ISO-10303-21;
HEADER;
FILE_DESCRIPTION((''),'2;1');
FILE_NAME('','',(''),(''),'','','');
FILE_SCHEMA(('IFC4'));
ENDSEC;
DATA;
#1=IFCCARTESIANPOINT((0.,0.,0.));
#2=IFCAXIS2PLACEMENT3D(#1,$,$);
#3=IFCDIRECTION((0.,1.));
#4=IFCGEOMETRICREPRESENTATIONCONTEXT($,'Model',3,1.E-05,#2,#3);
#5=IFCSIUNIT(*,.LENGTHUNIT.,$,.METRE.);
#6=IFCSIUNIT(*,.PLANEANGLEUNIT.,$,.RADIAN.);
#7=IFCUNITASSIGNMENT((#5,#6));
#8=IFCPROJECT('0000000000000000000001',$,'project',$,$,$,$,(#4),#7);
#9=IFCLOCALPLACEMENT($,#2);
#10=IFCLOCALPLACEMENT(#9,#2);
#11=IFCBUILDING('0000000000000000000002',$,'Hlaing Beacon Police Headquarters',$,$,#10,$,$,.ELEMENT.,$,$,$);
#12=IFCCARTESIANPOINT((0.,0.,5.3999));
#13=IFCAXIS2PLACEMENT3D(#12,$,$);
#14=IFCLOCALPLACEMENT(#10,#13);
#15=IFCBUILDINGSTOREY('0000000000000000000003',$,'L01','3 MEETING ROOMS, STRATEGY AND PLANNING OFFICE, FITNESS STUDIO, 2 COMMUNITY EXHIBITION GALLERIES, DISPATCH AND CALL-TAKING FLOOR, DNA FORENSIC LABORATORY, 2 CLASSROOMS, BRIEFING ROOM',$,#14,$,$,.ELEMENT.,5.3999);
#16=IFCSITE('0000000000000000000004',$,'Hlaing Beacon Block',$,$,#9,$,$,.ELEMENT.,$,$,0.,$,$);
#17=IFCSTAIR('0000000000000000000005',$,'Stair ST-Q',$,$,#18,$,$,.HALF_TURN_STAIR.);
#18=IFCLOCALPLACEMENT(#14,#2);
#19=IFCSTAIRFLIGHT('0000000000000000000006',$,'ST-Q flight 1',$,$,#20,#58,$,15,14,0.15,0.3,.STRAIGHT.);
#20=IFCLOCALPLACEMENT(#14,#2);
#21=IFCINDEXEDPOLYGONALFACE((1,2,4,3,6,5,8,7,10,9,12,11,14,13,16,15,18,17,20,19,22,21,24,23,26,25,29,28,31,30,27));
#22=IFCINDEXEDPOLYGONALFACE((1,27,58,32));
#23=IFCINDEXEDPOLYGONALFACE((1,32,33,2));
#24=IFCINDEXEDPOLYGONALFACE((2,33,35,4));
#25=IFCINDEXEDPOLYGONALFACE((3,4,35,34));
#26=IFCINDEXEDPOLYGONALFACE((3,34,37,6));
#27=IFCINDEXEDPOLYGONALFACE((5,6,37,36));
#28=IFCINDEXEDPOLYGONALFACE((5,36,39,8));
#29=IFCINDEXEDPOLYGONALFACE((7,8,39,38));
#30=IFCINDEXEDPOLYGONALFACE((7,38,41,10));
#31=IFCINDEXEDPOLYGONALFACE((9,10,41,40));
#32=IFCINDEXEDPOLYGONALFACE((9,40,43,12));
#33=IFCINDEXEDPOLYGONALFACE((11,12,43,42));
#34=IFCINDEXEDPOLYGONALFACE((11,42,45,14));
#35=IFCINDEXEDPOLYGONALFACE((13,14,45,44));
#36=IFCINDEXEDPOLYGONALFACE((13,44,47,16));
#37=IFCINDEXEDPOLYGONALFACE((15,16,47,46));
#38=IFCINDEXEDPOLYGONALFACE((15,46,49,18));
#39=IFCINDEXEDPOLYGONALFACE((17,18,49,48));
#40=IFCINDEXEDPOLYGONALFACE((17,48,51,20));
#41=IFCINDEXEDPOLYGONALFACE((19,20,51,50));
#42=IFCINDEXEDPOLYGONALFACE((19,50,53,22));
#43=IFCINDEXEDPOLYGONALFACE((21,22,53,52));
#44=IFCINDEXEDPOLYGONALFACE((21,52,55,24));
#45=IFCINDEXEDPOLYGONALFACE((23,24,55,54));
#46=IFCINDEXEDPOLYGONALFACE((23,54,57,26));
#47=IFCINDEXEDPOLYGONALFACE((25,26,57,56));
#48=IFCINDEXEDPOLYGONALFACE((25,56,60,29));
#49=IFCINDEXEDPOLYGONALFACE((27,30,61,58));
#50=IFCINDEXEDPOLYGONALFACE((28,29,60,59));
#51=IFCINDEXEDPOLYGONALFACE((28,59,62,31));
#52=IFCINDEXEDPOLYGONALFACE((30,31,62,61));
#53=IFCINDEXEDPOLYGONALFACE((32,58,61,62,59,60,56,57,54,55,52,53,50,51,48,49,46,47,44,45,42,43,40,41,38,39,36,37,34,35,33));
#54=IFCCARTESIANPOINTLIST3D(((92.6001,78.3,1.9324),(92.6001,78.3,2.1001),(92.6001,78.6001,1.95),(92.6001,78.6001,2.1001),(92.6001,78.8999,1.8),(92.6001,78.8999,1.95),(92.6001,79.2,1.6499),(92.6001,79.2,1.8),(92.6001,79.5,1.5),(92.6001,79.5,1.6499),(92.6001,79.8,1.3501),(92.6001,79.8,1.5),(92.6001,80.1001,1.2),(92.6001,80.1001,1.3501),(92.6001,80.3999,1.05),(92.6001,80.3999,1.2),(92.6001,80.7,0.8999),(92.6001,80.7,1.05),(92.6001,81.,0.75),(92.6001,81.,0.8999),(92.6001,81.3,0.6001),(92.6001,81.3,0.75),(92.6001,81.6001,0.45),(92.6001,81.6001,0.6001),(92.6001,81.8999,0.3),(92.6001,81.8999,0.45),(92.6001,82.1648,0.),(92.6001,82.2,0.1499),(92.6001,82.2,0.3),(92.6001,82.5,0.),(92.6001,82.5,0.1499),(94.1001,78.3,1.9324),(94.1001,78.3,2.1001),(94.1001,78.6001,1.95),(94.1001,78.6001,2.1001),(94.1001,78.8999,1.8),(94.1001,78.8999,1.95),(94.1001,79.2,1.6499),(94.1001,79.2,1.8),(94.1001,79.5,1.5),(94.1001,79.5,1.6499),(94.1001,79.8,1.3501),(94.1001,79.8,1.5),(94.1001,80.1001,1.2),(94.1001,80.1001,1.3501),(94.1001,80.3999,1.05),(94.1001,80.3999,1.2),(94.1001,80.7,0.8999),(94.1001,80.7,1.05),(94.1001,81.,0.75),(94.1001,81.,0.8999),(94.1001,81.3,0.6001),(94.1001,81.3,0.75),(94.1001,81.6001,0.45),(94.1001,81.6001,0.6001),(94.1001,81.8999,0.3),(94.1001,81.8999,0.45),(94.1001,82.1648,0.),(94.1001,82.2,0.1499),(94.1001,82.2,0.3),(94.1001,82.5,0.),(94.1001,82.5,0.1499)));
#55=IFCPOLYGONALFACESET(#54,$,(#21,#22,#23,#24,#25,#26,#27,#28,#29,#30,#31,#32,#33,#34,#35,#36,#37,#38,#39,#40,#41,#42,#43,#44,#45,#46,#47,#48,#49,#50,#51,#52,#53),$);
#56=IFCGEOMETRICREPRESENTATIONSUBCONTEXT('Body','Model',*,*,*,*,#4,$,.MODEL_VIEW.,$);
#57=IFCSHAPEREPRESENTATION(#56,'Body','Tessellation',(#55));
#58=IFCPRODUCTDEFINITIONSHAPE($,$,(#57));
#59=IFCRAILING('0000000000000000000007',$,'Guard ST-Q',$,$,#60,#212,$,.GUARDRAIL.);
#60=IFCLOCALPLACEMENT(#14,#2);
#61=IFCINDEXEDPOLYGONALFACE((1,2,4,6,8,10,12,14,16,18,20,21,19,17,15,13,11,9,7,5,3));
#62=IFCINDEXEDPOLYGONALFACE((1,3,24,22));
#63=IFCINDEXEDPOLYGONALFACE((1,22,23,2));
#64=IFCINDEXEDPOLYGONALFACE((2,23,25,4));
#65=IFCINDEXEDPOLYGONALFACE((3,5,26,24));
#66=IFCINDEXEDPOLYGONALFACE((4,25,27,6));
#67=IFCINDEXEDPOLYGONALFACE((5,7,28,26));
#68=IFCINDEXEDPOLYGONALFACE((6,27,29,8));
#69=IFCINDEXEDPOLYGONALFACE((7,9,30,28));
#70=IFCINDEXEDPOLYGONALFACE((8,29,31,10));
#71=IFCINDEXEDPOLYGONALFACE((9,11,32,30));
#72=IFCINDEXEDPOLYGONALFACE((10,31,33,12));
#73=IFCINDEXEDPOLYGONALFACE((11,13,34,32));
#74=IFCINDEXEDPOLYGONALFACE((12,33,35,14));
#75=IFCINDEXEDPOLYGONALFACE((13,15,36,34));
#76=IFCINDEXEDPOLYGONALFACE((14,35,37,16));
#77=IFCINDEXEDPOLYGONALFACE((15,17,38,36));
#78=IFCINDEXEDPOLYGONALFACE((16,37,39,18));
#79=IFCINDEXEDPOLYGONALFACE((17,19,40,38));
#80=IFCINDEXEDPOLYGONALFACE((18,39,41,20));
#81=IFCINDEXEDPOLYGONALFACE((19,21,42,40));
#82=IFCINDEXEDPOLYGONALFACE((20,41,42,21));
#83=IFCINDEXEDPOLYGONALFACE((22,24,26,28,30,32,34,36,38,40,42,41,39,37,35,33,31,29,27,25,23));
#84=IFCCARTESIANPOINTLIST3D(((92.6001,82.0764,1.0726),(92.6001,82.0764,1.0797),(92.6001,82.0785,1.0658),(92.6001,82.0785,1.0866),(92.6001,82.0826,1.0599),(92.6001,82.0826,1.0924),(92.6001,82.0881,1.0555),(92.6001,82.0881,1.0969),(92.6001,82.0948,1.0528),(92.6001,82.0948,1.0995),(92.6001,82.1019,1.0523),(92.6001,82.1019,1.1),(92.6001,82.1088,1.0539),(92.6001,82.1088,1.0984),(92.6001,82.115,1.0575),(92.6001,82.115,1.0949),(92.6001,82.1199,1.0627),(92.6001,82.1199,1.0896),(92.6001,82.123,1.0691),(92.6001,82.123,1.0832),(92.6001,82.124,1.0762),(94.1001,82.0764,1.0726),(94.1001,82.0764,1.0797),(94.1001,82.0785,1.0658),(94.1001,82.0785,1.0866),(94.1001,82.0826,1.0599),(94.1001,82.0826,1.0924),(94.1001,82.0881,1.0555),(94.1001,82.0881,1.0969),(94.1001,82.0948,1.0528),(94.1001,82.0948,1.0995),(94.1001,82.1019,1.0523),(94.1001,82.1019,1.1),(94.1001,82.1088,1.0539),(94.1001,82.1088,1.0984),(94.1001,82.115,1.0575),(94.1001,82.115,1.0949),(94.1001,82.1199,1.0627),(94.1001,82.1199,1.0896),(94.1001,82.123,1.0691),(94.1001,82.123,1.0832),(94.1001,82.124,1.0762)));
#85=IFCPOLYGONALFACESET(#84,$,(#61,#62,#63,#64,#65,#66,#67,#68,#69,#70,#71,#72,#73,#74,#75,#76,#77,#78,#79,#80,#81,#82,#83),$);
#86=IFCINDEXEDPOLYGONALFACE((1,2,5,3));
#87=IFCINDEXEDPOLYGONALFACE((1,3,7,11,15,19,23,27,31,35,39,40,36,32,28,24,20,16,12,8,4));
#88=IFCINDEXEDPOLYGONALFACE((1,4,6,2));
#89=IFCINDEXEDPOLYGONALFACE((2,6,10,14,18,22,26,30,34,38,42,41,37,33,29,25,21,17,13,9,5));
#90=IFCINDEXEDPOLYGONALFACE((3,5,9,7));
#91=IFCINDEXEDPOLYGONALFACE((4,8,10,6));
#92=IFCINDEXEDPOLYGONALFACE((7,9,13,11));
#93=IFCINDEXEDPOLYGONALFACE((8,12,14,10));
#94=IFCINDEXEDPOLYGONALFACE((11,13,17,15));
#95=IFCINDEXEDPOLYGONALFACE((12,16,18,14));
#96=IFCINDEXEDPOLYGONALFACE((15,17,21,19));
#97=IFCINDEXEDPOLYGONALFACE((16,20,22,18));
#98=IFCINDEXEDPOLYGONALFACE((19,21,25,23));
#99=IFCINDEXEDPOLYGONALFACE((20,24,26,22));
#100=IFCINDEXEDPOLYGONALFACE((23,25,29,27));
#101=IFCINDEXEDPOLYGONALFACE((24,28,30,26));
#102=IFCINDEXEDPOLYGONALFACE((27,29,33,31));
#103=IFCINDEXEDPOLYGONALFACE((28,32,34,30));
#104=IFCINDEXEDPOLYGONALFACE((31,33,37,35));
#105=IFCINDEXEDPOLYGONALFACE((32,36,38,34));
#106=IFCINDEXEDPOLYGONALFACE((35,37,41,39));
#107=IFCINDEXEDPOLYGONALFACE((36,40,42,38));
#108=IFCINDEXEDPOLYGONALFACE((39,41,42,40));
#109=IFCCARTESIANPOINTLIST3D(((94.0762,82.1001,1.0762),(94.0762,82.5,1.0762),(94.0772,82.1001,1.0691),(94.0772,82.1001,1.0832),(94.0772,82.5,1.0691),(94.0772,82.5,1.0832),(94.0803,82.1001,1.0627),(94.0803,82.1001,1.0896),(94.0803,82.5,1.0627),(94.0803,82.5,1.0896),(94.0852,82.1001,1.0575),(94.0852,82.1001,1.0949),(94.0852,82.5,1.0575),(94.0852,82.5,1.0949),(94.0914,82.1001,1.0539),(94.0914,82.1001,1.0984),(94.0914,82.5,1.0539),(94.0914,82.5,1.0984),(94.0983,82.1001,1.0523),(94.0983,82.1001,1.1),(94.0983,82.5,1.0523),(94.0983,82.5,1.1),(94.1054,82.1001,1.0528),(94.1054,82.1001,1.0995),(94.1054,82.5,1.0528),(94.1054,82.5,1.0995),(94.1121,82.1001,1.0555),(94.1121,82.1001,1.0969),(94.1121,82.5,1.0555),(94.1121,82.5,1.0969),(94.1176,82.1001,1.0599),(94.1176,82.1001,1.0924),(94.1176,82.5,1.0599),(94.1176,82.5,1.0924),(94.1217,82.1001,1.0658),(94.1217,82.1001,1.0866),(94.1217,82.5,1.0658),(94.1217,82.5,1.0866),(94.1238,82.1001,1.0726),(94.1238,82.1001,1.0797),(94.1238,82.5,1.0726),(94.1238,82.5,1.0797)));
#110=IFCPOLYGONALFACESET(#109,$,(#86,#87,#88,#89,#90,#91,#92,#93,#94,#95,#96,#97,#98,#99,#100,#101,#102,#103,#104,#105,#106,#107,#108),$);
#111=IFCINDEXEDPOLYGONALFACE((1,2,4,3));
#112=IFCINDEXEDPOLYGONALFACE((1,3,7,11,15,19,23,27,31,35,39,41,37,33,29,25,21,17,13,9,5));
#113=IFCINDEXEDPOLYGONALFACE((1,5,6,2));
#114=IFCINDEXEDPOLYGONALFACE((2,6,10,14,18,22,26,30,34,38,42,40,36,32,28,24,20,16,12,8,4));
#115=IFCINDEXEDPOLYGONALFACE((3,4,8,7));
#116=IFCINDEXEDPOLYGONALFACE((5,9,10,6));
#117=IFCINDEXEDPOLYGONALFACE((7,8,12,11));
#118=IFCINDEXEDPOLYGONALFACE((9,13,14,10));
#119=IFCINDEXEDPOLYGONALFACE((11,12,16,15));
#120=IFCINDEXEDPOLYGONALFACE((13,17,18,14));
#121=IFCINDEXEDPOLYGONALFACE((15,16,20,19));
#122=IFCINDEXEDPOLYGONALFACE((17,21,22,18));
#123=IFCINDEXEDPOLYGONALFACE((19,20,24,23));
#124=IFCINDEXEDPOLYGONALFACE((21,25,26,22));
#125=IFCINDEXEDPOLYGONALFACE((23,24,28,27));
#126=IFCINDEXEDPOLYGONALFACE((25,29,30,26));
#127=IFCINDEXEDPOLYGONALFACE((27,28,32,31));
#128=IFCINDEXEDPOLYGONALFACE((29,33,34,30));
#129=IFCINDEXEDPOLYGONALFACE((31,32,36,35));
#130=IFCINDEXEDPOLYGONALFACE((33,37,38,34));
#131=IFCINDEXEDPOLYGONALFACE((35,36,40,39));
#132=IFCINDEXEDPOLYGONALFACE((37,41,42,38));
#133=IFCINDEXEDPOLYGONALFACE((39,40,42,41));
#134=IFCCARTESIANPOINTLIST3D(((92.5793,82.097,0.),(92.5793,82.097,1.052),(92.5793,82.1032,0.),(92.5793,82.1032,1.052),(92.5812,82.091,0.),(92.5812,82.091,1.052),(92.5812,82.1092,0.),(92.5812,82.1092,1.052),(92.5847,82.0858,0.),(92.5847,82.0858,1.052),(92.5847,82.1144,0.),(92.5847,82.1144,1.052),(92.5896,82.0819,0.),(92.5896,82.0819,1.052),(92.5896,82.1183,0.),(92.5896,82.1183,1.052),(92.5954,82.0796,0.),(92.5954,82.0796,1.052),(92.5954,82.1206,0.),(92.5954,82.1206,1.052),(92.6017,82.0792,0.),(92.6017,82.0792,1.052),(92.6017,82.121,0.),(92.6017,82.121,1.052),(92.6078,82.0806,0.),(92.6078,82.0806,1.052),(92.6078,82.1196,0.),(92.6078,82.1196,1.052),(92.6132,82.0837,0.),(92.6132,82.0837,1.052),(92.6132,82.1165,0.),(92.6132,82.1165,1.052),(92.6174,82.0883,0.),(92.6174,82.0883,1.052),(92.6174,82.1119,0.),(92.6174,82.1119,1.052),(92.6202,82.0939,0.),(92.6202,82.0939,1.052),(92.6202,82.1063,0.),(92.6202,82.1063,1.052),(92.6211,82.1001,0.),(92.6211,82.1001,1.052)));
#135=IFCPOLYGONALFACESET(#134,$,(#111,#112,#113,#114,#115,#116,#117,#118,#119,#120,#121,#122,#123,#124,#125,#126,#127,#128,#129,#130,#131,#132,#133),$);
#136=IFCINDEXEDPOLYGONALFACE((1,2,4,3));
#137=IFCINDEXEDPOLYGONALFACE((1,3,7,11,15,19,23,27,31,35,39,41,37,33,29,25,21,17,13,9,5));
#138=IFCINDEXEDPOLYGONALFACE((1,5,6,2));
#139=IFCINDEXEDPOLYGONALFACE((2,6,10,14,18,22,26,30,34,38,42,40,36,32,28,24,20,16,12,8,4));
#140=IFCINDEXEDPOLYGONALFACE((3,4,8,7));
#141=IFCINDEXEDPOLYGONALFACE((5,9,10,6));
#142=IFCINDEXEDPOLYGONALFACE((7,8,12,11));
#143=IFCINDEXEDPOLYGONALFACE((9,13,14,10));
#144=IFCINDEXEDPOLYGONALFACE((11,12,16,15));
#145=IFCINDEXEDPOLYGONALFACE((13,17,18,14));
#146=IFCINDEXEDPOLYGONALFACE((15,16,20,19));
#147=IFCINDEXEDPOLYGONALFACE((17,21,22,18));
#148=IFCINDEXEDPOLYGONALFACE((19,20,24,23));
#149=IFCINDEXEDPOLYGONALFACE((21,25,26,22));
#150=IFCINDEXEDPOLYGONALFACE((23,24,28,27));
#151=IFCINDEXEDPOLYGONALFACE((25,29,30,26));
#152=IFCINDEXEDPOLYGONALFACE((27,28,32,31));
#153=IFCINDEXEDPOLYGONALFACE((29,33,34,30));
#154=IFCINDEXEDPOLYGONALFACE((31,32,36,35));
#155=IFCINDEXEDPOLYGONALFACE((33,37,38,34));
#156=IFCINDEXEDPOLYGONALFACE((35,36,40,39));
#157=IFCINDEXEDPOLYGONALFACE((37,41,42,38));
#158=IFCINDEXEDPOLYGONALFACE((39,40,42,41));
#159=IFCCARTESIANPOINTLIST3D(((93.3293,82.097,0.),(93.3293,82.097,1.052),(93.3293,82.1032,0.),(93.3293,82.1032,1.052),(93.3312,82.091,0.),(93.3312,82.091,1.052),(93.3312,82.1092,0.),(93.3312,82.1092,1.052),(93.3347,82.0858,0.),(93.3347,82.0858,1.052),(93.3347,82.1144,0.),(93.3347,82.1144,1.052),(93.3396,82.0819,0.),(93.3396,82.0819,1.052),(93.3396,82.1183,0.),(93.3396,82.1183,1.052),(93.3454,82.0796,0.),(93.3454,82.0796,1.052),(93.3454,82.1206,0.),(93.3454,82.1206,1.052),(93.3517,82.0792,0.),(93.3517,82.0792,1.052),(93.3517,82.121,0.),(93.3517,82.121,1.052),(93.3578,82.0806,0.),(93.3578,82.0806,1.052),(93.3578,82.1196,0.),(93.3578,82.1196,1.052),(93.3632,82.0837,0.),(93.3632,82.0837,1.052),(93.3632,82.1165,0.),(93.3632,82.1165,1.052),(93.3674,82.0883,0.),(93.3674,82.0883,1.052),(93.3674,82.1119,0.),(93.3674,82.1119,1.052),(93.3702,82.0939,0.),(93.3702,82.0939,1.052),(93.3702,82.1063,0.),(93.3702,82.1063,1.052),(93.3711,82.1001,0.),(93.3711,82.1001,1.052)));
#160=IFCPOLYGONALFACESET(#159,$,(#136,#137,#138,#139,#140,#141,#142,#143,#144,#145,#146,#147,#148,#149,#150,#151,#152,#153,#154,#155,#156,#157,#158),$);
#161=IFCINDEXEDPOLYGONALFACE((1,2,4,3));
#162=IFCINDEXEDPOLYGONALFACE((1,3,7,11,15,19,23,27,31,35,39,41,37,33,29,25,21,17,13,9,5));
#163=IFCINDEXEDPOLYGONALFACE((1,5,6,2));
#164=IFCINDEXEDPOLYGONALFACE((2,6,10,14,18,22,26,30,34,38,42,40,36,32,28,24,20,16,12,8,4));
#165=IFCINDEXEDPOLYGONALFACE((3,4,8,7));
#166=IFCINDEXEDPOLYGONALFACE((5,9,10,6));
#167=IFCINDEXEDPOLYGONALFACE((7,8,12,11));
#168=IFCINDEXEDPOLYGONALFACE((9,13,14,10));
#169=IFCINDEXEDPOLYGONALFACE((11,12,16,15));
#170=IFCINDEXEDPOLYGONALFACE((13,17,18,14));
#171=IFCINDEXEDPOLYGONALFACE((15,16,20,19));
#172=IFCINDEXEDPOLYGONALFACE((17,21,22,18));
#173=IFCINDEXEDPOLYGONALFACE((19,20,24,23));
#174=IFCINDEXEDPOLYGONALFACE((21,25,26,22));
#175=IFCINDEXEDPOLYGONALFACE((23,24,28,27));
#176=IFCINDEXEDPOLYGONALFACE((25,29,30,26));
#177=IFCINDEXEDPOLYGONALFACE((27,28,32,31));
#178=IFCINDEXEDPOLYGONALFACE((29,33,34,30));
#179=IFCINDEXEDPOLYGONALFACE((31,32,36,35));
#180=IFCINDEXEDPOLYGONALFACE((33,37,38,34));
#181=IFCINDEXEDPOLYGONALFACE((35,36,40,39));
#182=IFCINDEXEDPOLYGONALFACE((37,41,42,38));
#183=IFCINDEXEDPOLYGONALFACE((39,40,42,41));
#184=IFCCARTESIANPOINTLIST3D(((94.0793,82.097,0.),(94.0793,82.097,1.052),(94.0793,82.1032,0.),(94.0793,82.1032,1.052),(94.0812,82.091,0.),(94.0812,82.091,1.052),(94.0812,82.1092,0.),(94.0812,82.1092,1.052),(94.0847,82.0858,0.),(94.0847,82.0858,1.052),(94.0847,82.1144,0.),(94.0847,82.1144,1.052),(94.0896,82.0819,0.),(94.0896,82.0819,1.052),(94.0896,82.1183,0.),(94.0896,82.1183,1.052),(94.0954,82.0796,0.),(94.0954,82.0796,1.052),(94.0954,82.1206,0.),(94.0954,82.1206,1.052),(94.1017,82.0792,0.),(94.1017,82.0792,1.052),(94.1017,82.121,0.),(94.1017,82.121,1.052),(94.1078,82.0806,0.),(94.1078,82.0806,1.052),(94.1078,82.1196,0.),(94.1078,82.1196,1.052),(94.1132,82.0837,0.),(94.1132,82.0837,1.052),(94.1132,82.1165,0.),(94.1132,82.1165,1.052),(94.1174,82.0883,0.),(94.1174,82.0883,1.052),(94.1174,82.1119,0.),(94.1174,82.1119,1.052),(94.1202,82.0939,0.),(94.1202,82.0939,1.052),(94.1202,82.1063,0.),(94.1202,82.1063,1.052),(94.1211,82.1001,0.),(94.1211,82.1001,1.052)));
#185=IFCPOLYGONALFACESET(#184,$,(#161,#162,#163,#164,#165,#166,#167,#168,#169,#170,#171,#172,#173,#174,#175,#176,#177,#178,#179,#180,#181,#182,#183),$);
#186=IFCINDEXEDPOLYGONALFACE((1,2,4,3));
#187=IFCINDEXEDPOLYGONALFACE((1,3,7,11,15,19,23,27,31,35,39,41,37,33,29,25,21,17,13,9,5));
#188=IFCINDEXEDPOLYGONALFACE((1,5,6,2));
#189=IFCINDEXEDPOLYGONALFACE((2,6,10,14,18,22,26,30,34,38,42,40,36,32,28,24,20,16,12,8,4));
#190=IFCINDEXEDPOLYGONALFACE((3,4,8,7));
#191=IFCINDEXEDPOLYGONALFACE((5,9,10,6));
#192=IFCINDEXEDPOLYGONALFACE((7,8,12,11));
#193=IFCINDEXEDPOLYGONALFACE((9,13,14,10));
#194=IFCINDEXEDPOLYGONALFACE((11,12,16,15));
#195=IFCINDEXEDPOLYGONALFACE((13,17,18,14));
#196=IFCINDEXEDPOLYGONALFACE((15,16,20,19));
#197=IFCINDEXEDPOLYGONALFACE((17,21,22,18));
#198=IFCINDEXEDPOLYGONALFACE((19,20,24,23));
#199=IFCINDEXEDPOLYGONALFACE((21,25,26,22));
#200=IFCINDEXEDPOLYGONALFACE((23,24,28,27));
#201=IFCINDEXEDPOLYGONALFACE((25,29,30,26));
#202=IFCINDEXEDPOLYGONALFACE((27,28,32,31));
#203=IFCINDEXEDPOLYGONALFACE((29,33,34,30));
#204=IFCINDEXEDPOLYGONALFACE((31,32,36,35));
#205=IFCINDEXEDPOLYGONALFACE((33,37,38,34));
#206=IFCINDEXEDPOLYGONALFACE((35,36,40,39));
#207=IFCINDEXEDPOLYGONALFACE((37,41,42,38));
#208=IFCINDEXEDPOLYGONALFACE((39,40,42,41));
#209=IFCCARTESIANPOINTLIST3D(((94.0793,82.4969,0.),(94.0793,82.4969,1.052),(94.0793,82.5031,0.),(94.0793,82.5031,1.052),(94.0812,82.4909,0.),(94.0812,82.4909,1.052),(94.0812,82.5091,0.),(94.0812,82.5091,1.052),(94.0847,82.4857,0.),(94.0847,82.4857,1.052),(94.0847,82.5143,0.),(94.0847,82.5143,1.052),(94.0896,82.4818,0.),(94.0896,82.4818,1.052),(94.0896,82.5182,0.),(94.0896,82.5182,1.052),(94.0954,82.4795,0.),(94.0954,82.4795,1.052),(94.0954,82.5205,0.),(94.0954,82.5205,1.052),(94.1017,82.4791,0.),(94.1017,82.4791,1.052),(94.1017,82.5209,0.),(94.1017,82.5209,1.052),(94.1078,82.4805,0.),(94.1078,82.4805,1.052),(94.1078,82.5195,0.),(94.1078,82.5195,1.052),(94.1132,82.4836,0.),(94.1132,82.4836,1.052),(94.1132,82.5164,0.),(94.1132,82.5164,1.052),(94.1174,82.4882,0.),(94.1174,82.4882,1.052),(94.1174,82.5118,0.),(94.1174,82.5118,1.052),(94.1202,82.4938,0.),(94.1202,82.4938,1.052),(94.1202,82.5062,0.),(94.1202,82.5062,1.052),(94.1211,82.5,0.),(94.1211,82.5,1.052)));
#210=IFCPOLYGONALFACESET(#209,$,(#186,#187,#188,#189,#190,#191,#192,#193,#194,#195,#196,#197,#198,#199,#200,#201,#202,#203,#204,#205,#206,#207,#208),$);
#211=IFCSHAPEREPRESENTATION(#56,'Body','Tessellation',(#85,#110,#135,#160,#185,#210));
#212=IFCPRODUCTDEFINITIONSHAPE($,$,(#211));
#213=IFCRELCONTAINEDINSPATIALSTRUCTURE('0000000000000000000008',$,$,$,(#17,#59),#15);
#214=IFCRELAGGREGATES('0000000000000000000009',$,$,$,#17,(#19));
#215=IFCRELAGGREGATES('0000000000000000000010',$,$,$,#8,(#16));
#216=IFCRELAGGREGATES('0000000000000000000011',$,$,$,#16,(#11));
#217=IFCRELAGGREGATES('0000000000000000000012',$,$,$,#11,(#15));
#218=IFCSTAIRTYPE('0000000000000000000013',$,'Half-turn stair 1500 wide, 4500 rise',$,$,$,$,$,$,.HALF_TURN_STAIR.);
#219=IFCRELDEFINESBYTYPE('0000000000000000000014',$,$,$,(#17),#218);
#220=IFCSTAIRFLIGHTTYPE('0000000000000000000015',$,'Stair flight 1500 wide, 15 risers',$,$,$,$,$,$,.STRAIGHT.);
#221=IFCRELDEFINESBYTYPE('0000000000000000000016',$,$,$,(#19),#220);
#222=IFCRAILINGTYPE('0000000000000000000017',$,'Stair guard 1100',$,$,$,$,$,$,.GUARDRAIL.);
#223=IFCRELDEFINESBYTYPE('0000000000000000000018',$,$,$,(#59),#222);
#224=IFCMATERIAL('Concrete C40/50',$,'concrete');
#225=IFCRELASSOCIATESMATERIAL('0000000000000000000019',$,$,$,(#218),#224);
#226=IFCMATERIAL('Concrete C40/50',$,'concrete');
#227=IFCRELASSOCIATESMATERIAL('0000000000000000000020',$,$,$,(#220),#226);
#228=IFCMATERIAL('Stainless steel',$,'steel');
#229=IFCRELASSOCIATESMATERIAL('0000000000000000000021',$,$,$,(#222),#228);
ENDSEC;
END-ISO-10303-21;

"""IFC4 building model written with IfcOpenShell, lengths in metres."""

from ifc_helpers import new_model, si_unit, direction, frame, origin, origin_2d, place, context, subcontext, project, spatial, polyline, circle, outline, extrude, material, type_object, element, aggregate, save


model = new_model("IFC4")

# Units and contexts
model_context = context("Model", 3, precision=1e-05, world=origin(), true_north=direction((0.0, 1.0)))
body_context = subcontext(model_context, "Body", "Model", "MODEL_VIEW")
ifc_project = project(units=[si_unit("LENGTHUNIT", "METRE"), si_unit("PLANEANGLEUNIT", "RADIAN")], contexts=[model_context])

# Site, building, storey
site_placement = place(None, origin())
site = spatial("IfcSite", under=ifc_project, at=site_placement, Name="Hlaing Beacon Block", CompositionType="ELEMENT", RefElevation=0.0)
building_placement = place(site_placement, origin())
building = spatial("IfcBuilding", under=site, at=building_placement, Name="Hlaing Beacon Police Headquarters", CompositionType="ELEMENT")
storey_placement = place(building_placement, frame((0.0, 0.0, 5.3999)))
storey = spatial("IfcBuildingStorey", under=building, at=storey_placement, Name="L01", Description="3 MEETING ROOMS, STRATEGY AND PLANNING OFFICE, FITNESS STUDIO, 2 COMMUNITY EXHIBITION GALLERIES, DISPATCH AND CALL-TAKING FLOOR, DNA FORENSIC LABORATORY, 2 CLASSROOMS, BRIEFING ROOM", CompositionType="ELEMENT", Elevation=5.3999)

# Stair, stair flight
ifc_material_1 = material(Name="Concrete C40/50", Category="concrete")
stair_type = type_object("IfcStairType", Name="Half-turn stair 1500 wide, 4500 rise", PredefinedType="HALF_TURN_STAIR", material=ifc_material_1)
stair_placement = place(storey_placement, origin())
stair = element("IfcStair", 1, at=stair_placement, inside=storey, type_object=stair_type, Name="Stair ST-Q", PredefinedType="HALF_TURN_STAIR")
ifc_material_2 = material(Name="Concrete C40/50", Category="concrete")
stair_flight_type = type_object("IfcStairFlightType", Name="Stair flight 1500 wide, 15 risers", PredefinedType="STRAIGHT", material=ifc_material_2)
stair_flight_placement = place(storey_placement, frame((93.3501, 82.5, 0.0), z_axis=(0.0, 0.0, 1.0), x_axis=(0.0, -1.0, 0.0)))
stair_flight = element("IfcStairFlight", 2, at=stair_flight_placement, type_object=stair_flight_type, Name="ST-Q flight 1", NumberOfRisers=15, NumberOfTreads=14, PredefinedType="STRAIGHT", RiserHeight=0.15, TreadLength=0.3, context=body_context, shape_type="SweptSolid", body=[
    extrude(outline(polyline([(0.0, 0.0), (0.0, 0.1499), (0.3, 0.1499), (0.3, 0.3), (0.6001, 0.3), (0.6001, 0.45), (0.8999, 0.45), (0.8999, 0.6001), (1.2, 0.6001), (1.2, 0.75), (1.5, 0.75), (1.5, 0.8999), (1.8, 0.8999), (1.8, 1.05), (2.1001, 1.05), (2.1001, 1.2), (2.3999, 1.2), (2.3999, 1.3501), (2.7, 1.3501), (2.7, 1.5), (3.0, 1.5), (3.0, 1.6499), (3.3, 1.6499), (3.3, 1.8), (3.6001, 1.8), (3.6001, 1.95), (3.8999, 1.95), (3.8999, 2.1001), (4.2, 2.1001), (4.2, 2.25), (4.2, 1.9324), (0.3352, 0.0), (0.0, 0.0)])), frame((0.0, 0.75, 0.0), z_axis=(0.0, -1.0, 0.0), x_axis=(1.0, 0.0, 0.0)), (0.0, 0.0, 1.0), 1.5),
])
aggregate(stair, [stair_flight])

# Railing
ifc_material_3 = material(Name="Stainless steel", Category="steel")
railing_type_1 = type_object("IfcRailingType", Name="Stair guard 1100", PredefinedType="GUARDRAIL", material=ifc_material_3)
railing_placement = place(storey_placement, frame((92.6001, 82.1001, 0.0)))
element("IfcRailing", 3, at=railing_placement, inside=storey, type_object=railing_type_1, Name="Guard ST-Q", PredefinedType="GUARDRAIL", context=body_context, shape_type="SweptSolid", body=[
    extrude(circle(Radius=0.0239, at=origin_2d()), frame((0.0, 0.0, 1.0762), z_axis=(1.0, 0.0, 0.0), x_axis=(0.0, 1.0, 0.0)), (0.0, 0.0, 1.0), 1.5),
    extrude(circle(Radius=0.0239, at=origin_2d()), frame((1.5, 0.0, 1.0762), z_axis=(0.0, 1.0, 0.0), x_axis=(-1.0, 0.0, 0.0)), (0.0, 0.0, 1.0), 0.3999),
    extrude(circle(Radius=0.021, at=origin_2d()), origin(), (0.0, 0.0, 1.0), 1.052),
    extrude(circle(Radius=0.021, at=origin_2d()), frame((0.75, 0.0, 0.0)), (0.0, 0.0, 1.0), 1.052),
    extrude(circle(Radius=0.021, at=origin_2d()), frame((1.5, 0.0, 0.0)), (0.0, 0.0, 1.0), 1.052),
    extrude(circle(Radius=0.021, at=origin_2d()), frame((1.5, 0.3999, 0.0)), (0.0, 0.0, 1.0), 1.052),
])

save(model, "model.ifc")
